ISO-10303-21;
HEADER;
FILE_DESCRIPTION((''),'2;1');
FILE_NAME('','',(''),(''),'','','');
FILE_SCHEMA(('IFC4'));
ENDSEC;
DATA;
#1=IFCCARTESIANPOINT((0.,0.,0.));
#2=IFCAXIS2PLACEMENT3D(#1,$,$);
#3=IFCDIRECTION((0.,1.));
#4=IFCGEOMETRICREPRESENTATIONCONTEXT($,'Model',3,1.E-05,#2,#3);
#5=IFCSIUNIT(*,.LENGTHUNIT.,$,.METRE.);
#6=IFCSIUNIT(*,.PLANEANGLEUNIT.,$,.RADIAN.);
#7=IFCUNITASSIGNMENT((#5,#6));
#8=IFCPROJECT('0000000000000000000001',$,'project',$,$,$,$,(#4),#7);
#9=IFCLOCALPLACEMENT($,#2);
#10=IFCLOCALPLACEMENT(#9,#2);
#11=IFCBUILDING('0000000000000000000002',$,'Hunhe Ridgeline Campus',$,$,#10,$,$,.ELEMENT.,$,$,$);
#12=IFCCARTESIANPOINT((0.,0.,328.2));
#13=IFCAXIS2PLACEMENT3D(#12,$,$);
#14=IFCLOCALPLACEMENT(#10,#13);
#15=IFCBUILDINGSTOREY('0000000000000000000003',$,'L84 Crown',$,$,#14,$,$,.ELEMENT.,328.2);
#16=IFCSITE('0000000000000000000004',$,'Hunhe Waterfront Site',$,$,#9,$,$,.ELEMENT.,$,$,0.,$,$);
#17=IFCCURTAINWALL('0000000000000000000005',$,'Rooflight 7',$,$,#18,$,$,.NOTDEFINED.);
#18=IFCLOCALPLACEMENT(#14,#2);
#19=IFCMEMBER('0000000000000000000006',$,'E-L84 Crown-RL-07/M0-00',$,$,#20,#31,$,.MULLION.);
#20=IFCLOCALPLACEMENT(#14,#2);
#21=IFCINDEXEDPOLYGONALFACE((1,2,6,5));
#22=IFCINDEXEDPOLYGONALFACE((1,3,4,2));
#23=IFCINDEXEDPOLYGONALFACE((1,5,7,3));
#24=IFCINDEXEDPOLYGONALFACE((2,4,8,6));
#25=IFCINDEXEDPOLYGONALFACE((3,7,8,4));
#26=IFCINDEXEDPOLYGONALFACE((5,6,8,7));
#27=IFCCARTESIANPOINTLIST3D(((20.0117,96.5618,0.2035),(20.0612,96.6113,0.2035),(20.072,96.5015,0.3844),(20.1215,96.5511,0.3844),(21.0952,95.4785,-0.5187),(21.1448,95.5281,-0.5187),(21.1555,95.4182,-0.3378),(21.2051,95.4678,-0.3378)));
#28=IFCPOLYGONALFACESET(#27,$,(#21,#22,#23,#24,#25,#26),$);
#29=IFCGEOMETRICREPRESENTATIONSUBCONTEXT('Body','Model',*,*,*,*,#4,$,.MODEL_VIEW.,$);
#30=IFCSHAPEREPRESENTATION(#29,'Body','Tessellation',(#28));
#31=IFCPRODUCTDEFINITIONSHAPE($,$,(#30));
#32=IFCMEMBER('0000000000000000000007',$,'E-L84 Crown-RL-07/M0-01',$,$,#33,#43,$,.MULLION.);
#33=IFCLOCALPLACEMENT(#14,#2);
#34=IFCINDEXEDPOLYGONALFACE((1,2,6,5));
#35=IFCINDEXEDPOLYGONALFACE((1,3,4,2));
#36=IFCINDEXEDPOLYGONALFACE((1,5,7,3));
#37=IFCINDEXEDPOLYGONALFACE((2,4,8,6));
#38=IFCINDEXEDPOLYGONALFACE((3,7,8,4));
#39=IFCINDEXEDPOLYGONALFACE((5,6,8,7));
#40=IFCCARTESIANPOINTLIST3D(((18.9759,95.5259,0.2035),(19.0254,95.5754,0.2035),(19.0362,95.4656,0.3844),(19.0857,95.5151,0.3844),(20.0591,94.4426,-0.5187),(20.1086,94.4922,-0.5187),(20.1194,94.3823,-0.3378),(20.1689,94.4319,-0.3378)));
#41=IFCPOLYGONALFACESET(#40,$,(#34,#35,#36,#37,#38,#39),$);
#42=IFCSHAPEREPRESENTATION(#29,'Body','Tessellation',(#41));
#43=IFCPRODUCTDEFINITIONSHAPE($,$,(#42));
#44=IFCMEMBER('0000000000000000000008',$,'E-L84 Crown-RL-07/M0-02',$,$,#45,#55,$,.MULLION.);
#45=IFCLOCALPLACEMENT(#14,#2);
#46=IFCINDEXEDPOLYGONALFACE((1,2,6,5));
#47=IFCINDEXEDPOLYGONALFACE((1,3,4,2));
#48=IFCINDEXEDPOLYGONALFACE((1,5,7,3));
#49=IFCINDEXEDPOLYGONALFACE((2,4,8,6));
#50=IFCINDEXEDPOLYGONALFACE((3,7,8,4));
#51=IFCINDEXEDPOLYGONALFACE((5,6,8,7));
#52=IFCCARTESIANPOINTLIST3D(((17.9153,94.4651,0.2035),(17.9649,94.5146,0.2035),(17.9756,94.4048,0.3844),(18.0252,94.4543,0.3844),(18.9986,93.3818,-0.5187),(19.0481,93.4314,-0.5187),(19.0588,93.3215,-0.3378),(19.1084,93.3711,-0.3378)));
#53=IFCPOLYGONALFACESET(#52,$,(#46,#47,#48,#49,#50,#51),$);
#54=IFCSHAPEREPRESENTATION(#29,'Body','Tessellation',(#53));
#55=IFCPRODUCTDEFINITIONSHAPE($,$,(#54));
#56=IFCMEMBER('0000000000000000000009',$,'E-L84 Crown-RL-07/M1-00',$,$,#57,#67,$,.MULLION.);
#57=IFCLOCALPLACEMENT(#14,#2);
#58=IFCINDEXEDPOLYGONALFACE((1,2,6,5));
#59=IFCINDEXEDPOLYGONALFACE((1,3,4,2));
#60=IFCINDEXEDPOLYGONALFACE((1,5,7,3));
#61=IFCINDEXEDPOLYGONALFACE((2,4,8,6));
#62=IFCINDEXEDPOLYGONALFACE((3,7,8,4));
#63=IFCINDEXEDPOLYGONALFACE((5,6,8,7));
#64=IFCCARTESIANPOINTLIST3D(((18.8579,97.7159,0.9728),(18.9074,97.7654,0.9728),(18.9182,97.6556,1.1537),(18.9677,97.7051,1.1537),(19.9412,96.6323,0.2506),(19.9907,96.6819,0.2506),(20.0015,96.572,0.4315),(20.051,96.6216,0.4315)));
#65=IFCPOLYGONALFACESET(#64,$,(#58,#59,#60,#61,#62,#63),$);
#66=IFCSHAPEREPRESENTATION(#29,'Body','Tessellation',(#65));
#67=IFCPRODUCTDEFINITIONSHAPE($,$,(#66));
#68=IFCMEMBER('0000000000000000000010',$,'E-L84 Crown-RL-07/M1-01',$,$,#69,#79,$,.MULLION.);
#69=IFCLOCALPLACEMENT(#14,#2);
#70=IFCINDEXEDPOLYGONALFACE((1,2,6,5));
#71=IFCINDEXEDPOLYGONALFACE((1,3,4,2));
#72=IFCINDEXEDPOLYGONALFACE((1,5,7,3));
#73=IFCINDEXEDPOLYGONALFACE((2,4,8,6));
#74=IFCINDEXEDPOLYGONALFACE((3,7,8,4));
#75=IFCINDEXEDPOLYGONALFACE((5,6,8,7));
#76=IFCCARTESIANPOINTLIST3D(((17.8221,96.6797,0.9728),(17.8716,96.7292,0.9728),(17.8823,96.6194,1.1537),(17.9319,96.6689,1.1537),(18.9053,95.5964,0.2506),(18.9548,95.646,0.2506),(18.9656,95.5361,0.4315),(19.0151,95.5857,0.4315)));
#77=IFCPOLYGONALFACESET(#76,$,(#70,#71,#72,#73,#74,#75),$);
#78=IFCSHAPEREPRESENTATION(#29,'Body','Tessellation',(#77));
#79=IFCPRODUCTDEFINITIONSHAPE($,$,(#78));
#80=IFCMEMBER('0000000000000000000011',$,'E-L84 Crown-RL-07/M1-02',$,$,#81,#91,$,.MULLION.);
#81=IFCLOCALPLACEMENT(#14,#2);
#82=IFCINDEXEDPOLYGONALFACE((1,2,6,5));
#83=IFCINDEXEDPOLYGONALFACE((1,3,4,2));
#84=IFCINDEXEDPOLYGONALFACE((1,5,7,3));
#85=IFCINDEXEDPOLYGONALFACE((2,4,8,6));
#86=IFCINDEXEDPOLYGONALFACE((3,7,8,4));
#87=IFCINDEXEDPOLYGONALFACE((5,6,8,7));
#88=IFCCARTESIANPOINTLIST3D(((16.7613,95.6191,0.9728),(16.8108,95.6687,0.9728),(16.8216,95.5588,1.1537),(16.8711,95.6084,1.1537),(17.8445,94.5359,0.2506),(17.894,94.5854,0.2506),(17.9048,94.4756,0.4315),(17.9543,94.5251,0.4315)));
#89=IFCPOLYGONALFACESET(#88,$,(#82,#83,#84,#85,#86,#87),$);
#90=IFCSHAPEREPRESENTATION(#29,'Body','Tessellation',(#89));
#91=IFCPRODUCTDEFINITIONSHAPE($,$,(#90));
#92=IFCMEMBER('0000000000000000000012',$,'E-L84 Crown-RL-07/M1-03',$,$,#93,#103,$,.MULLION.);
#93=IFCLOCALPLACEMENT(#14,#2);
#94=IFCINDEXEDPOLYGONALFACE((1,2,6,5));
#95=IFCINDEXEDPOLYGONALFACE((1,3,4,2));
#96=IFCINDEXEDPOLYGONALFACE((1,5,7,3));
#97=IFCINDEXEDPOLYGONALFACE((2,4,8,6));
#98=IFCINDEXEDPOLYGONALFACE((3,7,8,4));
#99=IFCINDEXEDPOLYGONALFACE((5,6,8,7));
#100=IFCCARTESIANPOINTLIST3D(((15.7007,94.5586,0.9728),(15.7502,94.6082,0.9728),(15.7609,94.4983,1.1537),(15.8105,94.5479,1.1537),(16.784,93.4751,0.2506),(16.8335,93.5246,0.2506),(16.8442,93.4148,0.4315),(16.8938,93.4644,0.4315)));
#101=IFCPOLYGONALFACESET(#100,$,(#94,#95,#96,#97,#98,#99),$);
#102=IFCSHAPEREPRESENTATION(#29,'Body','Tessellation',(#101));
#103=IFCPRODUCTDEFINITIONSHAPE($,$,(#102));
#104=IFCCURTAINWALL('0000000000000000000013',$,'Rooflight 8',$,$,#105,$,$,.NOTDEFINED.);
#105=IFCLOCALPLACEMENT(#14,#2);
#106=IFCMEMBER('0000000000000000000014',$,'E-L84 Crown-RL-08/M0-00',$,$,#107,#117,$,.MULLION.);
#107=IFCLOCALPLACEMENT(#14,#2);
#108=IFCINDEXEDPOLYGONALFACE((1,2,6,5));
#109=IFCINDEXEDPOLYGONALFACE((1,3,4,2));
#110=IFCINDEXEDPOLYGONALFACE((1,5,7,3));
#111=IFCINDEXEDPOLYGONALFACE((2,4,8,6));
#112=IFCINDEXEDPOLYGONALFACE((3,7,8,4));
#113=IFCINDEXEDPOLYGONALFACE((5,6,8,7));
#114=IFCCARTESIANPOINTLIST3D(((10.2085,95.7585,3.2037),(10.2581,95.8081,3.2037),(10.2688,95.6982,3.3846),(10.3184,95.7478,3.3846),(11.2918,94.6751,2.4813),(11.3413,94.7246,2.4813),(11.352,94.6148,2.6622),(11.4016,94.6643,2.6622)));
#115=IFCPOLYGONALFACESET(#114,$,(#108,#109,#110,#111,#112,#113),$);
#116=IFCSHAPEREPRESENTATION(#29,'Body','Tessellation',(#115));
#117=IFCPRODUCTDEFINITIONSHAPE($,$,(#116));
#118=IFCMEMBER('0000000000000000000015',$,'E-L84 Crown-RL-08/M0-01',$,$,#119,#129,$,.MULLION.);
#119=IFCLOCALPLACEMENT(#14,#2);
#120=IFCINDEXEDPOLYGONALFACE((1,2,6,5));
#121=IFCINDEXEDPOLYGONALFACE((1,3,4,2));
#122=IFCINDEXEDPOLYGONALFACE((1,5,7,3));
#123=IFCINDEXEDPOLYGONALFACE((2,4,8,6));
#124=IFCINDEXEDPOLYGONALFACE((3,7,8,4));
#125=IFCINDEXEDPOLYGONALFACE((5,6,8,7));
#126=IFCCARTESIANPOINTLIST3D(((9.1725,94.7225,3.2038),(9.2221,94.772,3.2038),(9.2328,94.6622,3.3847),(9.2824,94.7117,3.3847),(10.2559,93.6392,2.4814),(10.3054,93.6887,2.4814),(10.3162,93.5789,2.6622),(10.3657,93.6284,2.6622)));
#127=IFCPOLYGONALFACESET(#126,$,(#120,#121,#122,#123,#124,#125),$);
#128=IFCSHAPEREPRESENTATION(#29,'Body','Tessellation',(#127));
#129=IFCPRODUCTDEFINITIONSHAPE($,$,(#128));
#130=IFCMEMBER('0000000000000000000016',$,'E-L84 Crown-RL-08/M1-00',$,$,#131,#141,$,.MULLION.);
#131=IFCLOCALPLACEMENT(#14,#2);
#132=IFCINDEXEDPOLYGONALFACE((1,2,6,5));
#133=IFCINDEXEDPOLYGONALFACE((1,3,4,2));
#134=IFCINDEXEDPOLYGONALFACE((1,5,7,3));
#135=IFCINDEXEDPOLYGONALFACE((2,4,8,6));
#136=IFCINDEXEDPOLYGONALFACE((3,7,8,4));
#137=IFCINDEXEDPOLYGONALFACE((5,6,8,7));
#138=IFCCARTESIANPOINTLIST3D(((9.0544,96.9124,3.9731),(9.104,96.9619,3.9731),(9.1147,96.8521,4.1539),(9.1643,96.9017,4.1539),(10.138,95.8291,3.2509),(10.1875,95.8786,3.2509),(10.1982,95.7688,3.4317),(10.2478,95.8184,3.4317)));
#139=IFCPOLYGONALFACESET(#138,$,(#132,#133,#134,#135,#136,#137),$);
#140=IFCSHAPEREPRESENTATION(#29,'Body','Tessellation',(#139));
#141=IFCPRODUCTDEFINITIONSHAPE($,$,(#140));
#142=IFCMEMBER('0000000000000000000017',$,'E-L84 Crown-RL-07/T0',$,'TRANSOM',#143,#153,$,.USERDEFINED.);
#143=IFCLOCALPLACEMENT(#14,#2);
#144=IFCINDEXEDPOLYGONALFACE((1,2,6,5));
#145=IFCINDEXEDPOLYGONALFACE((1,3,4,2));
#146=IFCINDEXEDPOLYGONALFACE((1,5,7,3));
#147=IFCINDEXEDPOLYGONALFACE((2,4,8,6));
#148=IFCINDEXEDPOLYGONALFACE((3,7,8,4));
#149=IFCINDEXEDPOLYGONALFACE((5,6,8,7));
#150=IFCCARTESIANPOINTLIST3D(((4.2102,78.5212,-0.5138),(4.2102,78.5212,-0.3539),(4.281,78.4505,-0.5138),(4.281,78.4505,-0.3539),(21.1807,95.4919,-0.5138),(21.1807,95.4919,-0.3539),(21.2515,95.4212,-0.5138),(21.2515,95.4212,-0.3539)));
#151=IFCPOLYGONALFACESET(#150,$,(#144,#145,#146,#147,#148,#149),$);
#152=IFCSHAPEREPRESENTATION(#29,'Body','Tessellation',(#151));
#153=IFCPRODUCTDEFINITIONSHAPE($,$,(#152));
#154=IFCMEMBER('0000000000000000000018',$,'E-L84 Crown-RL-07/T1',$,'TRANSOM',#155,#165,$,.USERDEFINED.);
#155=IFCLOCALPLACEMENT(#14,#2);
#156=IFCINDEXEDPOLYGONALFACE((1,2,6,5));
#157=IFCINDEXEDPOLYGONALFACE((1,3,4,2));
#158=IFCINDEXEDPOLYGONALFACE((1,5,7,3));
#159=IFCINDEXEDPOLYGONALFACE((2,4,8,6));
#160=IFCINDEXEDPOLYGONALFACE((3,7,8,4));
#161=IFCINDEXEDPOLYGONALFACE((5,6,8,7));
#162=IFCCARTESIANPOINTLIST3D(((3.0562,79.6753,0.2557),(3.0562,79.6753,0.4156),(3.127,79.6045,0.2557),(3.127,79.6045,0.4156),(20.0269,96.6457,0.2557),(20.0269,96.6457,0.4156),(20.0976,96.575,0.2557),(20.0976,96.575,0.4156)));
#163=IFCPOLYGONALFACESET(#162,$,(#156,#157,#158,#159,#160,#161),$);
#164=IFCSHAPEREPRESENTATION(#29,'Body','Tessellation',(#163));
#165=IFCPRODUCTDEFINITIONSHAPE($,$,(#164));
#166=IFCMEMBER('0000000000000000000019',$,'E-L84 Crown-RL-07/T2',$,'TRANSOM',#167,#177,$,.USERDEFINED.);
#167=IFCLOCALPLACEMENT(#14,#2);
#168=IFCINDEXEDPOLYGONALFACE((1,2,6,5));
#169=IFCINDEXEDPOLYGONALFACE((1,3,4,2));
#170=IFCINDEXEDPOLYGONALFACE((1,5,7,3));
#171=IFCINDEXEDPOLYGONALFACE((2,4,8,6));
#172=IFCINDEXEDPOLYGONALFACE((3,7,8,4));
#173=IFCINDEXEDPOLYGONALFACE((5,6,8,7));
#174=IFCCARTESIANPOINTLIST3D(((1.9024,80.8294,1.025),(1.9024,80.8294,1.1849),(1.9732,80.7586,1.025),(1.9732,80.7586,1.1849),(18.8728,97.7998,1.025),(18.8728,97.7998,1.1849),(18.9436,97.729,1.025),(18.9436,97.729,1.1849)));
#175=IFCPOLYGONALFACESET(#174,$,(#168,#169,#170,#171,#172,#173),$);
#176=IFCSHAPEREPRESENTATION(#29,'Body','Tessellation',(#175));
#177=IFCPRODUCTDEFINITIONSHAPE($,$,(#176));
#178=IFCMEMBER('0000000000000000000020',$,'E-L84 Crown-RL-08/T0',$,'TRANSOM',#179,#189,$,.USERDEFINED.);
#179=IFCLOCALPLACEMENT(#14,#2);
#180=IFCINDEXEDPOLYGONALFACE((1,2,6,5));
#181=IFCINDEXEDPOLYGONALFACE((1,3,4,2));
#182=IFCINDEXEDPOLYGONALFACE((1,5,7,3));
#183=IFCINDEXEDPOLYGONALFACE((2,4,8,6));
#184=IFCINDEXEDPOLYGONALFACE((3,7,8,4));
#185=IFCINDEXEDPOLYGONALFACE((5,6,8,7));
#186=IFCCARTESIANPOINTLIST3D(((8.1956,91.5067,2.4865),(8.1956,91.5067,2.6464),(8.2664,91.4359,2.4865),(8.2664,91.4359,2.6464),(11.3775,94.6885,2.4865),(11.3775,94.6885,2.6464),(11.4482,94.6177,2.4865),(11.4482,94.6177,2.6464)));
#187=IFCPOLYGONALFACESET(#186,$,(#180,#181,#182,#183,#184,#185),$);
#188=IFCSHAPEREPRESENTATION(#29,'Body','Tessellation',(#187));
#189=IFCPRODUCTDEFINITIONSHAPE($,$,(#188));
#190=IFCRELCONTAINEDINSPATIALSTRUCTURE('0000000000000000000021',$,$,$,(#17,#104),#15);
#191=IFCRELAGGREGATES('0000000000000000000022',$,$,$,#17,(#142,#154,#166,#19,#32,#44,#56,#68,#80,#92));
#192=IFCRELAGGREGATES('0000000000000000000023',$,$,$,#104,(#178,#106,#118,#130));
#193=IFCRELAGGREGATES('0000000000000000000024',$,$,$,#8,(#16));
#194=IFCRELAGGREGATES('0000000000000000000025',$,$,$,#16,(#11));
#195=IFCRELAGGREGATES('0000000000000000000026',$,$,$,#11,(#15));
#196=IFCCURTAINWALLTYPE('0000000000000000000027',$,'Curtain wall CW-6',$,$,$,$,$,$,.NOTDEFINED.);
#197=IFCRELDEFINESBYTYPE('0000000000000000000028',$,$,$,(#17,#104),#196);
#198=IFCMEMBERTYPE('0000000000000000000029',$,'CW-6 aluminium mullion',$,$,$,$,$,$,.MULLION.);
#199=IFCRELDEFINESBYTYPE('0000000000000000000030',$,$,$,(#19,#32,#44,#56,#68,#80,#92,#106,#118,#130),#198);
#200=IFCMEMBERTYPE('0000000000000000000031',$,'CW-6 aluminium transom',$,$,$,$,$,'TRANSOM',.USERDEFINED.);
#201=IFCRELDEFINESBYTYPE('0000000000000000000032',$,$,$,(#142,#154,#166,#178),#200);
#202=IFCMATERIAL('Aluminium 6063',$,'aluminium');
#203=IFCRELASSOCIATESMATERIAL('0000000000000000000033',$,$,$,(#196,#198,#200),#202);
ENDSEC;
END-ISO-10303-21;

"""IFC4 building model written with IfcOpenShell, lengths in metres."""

from ifc_helpers import new_model, si_unit, direction, frame, origin, origin_2d, place, context, subcontext, project, spatial, rectangle, extrude, material, material_profile, profile_set, type_object, element, aggregate, save


model = new_model("IFC4")

# Units and contexts
model_context = context("Model", 3, precision=1e-05, world=origin(), true_north=direction((0.0, 1.0)))
body_context = subcontext(model_context, "Body", "Model", "MODEL_VIEW")
ifc_project = project(units=[si_unit("LENGTHUNIT", "METRE"), si_unit("PLANEANGLEUNIT", "RADIAN")], contexts=[model_context])

# Site, building, storey
site_placement = place(None, origin())
site = spatial("IfcSite", under=ifc_project, at=site_placement, Name="Hunhe Waterfront Site", CompositionType="ELEMENT", RefElevation=0.0)
building_placement = place(site_placement, origin())
building = spatial("IfcBuilding", under=site, at=building_placement, Name="Hunhe Ridgeline Campus", CompositionType="ELEMENT")
storey_placement = place(building_placement, frame((0.0, 0.0, 328.2)))
storey = spatial("IfcBuildingStorey", under=building, at=storey_placement, Name="L84 Crown", CompositionType="ELEMENT", Elevation=328.2)

# Curtain walls, members
ifc_material_1 = material(Name="Aluminium 6063", Category="aluminium")
curtain_wall_type = type_object("IfcCurtainWallType", Name="Curtain wall CW-6", PredefinedType="NOTDEFINED", material=ifc_material_1)
curtain_wall_1_placement = place(storey_placement, origin())
curtain_wall_1 = element("IfcCurtainWall", 1, at=curtain_wall_1_placement, inside=storey, type_object=curtain_wall_type, Name="Rooflight 7", PredefinedType="NOTDEFINED")
ifc_material_profile_1 = material_profile(ifc_material_1, rectangle(XDim=0.0701, YDim=0.2, at=origin_2d()))
ifc_profile_set_1 = profile_set([ifc_material_profile_1], Name="Aluminium 6063")
member_type_1 = type_object("IfcMemberType", Name="CW-6 aluminium mullion", PredefinedType="MULLION", material=ifc_profile_set_1)
member_1_placement = place(storey_placement, frame((21.1501, 95.4731, -0.4282), z_axis=(-0.639687, 0.639543, 0.426362), x_axis=(-0.707027, -0.707186, 0.0)))
member_1 = element("IfcMember", 2, at=member_1_placement, type_object=member_type_1, Name="E-L84 Crown-RL-07/M0-00", PredefinedType="MULLION", context=body_context, shape_type="SweptSolid", body=[
    extrude(rectangle(XDim=0.0701, YDim=0.2, at=origin_2d()), origin(), (0.0, 0.0, 1.0), 1.6938),
])
member_2_placement = place(storey_placement, frame((20.114, 94.4373, -0.4282), z_axis=(-0.639602, 0.639602, 0.426401), x_axis=(-0.707107, -0.707107, 0.0)))
member_2 = element("IfcMember", 3, at=member_2_placement, type_object=member_type_1, Name="E-L84 Crown-RL-07/M0-01", PredefinedType="MULLION", context=body_context, shape_type="SweptSolid", body=[
    extrude(rectangle(XDim=0.0701, YDim=0.2, at=origin_2d()), origin(), (0.0, 0.0, 1.0), 1.6936),
])
member_3_placement = place(storey_placement, frame((19.0535, 93.3765, -0.4282), z_axis=(-0.639602, 0.639602, 0.426401), x_axis=(-0.707107, -0.707107, 0.0)))
member_3 = element("IfcMember", 4, at=member_3_placement, type_object=member_type_1, Name="E-L84 Crown-RL-07/M0-02", PredefinedType="MULLION", context=body_context, shape_type="SweptSolid", body=[
    extrude(rectangle(XDim=0.0701, YDim=0.2, at=origin_2d()), origin(), (0.0, 0.0, 1.0), 1.6936),
])
member_4_placement = place(storey_placement, frame((19.9961, 96.627, 0.3411), z_axis=(-0.639543, 0.639687, 0.426362), x_axis=(-0.707186, -0.707027, 0.0)))
member_4 = element("IfcMember", 5, at=member_4_placement, type_object=member_type_1, Name="E-L84 Crown-RL-07/M1-00", PredefinedType="MULLION", context=body_context, shape_type="SweptSolid", body=[
    extrude(rectangle(XDim=0.0701, YDim=0.2, at=origin_2d()), origin(), (0.0, 0.0, 1.0), 1.6938),
])
member_5_placement = place(storey_placement, frame((18.9602, 95.5911, 0.3411), z_axis=(-0.639602, 0.639602, 0.426401), x_axis=(-0.707107, -0.707107, 0.0)))
member_5 = element("IfcMember", 6, at=member_5_placement, type_object=member_type_1, Name="E-L84 Crown-RL-07/M1-01", PredefinedType="MULLION", context=body_context, shape_type="SweptSolid", body=[
    extrude(rectangle(XDim=0.0701, YDim=0.2, at=origin_2d()), origin(), (0.0, 0.0, 1.0), 1.6936),
])
member_6_placement = place(storey_placement, frame((17.8994, 94.5305, 0.3411), z_axis=(-0.639602, 0.639602, 0.426401), x_axis=(-0.707107, -0.707107, 0.0)))
member_6 = element("IfcMember", 7, at=member_6_placement, type_object=member_type_1, Name="E-L84 Crown-RL-07/M1-02", PredefinedType="MULLION", context=body_context, shape_type="SweptSolid", body=[
    extrude(rectangle(XDim=0.0701, YDim=0.2, at=origin_2d()), origin(), (0.0, 0.0, 1.0), 1.6936),
])
member_7_placement = place(storey_placement, frame((16.8389, 93.4697, 0.3411), z_axis=(-0.639543, 0.639687, 0.426362), x_axis=(-0.707186, -0.707027, 0.0)))
member_7 = element("IfcMember", 8, at=member_7_placement, type_object=member_type_1, Name="E-L84 Crown-RL-07/M1-03", PredefinedType="MULLION", context=body_context, shape_type="SweptSolid", body=[
    extrude(rectangle(XDim=0.0701, YDim=0.2, at=origin_2d()), origin(), (0.0, 0.0, 1.0), 1.6938),
])
curtain_wall_2_placement = place(storey_placement, origin())
curtain_wall_2 = element("IfcCurtainWall", 9, at=curtain_wall_2_placement, inside=storey, type_object=curtain_wall_type, Name="Rooflight 8", PredefinedType="NOTDEFINED")
member_8_placement = place(storey_placement, frame((11.3467, 94.6697, 2.5718), z_axis=(-0.639504, 0.639648, 0.42648), x_axis=(-0.707186, -0.707027, 0.0)))
member_8 = element("IfcMember", 10, at=member_8_placement, type_object=member_type_1, Name="E-L84 Crown-RL-08/M0-00", PredefinedType="MULLION", context=body_context, shape_type="SweptSolid", body=[
    extrude(rectangle(XDim=0.0701, YDim=0.2, at=origin_2d()), origin(), (0.0, 0.0, 1.0), 1.6938),
])
member_9_placement = place(storey_placement, frame((10.3108, 93.6338, 2.5718), z_axis=(-0.639563, 0.639563, 0.426519), x_axis=(-0.707107, -0.707107, 0.0)))
member_9 = element("IfcMember", 11, at=member_9_placement, type_object=member_type_1, Name="E-L84 Crown-RL-08/M0-01", PredefinedType="MULLION", context=body_context, shape_type="SweptSolid", body=[
    extrude(rectangle(XDim=0.0701, YDim=0.2, at=origin_2d()), origin(), (0.0, 0.0, 1.0), 1.6938),
])
member_10_placement = place(storey_placement, frame((10.1929, 95.8237, 3.3413), z_axis=(-0.639687, 0.639543, 0.426362), x_axis=(-0.707027, -0.707186, 0.0)))
member_10 = element("IfcMember", 12, at=member_10_placement, type_object=member_type_1, Name="E-L84 Crown-RL-08/M1-00", PredefinedType="MULLION", context=body_context, shape_type="SweptSolid", body=[
    extrude(rectangle(XDim=0.0701, YDim=0.2, at=origin_2d()), origin(), (0.0, 0.0, 1.0), 1.6938),
])

# Members
ifc_material_profile_2 = material_profile(ifc_material_1, rectangle(XDim=0.1001, YDim=0.1599, at=origin_2d()))
ifc_profile_set_2 = profile_set([ifc_material_profile_2], Name="Aluminium 6063")
member_type_2 = type_object("IfcMemberType", Name="CW-6 aluminium transom", ElementType="TRANSOM", PredefinedType="USERDEFINED", material=ifc_profile_set_2)
member_11_placement = place(storey_placement, frame((21.2161, 95.4565, -0.4338), z_axis=(-0.707102, -0.707112, 0.0), x_axis=(0.707112, -0.707102, 0.0)))
member_11 = element("IfcMember", 13, at=member_11_placement, type_object=member_type_2, Name="E-L84 Crown-RL-07/T0", ObjectType="TRANSOM", PredefinedType="USERDEFINED", context=body_context, shape_type="SweptSolid", body=[
    extrude(rectangle(XDim=0.1001, YDim=0.1599, at=origin_2d()), origin(), (0.0, 0.0, 1.0), 24.0),
])
member_12_placement = place(storey_placement, frame((20.0623, 96.6104, 0.3357), z_axis=(-0.707112, -0.707102, 0.0), x_axis=(0.707102, -0.707112, 0.0)))
member_12 = element("IfcMember", 14, at=member_12_placement, type_object=member_type_2, Name="E-L84 Crown-RL-07/T1", ObjectType="TRANSOM", PredefinedType="USERDEFINED", context=body_context, shape_type="SweptSolid", body=[
    extrude(rectangle(XDim=0.1001, YDim=0.1599, at=origin_2d()), origin(), (0.0, 0.0, 1.0), 24.0),
])
member_13_placement = place(storey_placement, frame((18.9082, 97.7644, 1.105), z_axis=(-0.707107, -0.707107, 0.0), x_axis=(0.707107, -0.707107, 0.0)))
member_13 = element("IfcMember", 15, at=member_13_placement, type_object=member_type_2, Name="E-L84 Crown-RL-07/T2", ObjectType="TRANSOM", PredefinedType="USERDEFINED", context=body_context, shape_type="SweptSolid", body=[
    extrude(rectangle(XDim=0.1001, YDim=0.1599, at=origin_2d()), origin(), (0.0, 0.0, 1.0), 23.9998),
])
member_14_placement = place(storey_placement, frame((11.4128, 94.6531, 2.5664), z_axis=(-0.707107, -0.707107, 0.0), x_axis=(0.707107, -0.707107, 0.0)))
member_14 = element("IfcMember", 16, at=member_14_placement, type_object=member_type_2, Name="E-L84 Crown-RL-08/T0", ObjectType="TRANSOM", PredefinedType="USERDEFINED", context=body_context, shape_type="SweptSolid", body=[
    extrude(rectangle(XDim=0.1001, YDim=0.1599, at=origin_2d()), origin(), (0.0, 0.0, 1.0), 4.4998),
])

aggregate(curtain_wall_1, [member_11, member_12, member_13, member_1, member_2, member_3, member_4, member_5, member_6, member_7])
aggregate(curtain_wall_2, [member_14, member_8, member_9, member_10])

save(model, "model.ifc")
